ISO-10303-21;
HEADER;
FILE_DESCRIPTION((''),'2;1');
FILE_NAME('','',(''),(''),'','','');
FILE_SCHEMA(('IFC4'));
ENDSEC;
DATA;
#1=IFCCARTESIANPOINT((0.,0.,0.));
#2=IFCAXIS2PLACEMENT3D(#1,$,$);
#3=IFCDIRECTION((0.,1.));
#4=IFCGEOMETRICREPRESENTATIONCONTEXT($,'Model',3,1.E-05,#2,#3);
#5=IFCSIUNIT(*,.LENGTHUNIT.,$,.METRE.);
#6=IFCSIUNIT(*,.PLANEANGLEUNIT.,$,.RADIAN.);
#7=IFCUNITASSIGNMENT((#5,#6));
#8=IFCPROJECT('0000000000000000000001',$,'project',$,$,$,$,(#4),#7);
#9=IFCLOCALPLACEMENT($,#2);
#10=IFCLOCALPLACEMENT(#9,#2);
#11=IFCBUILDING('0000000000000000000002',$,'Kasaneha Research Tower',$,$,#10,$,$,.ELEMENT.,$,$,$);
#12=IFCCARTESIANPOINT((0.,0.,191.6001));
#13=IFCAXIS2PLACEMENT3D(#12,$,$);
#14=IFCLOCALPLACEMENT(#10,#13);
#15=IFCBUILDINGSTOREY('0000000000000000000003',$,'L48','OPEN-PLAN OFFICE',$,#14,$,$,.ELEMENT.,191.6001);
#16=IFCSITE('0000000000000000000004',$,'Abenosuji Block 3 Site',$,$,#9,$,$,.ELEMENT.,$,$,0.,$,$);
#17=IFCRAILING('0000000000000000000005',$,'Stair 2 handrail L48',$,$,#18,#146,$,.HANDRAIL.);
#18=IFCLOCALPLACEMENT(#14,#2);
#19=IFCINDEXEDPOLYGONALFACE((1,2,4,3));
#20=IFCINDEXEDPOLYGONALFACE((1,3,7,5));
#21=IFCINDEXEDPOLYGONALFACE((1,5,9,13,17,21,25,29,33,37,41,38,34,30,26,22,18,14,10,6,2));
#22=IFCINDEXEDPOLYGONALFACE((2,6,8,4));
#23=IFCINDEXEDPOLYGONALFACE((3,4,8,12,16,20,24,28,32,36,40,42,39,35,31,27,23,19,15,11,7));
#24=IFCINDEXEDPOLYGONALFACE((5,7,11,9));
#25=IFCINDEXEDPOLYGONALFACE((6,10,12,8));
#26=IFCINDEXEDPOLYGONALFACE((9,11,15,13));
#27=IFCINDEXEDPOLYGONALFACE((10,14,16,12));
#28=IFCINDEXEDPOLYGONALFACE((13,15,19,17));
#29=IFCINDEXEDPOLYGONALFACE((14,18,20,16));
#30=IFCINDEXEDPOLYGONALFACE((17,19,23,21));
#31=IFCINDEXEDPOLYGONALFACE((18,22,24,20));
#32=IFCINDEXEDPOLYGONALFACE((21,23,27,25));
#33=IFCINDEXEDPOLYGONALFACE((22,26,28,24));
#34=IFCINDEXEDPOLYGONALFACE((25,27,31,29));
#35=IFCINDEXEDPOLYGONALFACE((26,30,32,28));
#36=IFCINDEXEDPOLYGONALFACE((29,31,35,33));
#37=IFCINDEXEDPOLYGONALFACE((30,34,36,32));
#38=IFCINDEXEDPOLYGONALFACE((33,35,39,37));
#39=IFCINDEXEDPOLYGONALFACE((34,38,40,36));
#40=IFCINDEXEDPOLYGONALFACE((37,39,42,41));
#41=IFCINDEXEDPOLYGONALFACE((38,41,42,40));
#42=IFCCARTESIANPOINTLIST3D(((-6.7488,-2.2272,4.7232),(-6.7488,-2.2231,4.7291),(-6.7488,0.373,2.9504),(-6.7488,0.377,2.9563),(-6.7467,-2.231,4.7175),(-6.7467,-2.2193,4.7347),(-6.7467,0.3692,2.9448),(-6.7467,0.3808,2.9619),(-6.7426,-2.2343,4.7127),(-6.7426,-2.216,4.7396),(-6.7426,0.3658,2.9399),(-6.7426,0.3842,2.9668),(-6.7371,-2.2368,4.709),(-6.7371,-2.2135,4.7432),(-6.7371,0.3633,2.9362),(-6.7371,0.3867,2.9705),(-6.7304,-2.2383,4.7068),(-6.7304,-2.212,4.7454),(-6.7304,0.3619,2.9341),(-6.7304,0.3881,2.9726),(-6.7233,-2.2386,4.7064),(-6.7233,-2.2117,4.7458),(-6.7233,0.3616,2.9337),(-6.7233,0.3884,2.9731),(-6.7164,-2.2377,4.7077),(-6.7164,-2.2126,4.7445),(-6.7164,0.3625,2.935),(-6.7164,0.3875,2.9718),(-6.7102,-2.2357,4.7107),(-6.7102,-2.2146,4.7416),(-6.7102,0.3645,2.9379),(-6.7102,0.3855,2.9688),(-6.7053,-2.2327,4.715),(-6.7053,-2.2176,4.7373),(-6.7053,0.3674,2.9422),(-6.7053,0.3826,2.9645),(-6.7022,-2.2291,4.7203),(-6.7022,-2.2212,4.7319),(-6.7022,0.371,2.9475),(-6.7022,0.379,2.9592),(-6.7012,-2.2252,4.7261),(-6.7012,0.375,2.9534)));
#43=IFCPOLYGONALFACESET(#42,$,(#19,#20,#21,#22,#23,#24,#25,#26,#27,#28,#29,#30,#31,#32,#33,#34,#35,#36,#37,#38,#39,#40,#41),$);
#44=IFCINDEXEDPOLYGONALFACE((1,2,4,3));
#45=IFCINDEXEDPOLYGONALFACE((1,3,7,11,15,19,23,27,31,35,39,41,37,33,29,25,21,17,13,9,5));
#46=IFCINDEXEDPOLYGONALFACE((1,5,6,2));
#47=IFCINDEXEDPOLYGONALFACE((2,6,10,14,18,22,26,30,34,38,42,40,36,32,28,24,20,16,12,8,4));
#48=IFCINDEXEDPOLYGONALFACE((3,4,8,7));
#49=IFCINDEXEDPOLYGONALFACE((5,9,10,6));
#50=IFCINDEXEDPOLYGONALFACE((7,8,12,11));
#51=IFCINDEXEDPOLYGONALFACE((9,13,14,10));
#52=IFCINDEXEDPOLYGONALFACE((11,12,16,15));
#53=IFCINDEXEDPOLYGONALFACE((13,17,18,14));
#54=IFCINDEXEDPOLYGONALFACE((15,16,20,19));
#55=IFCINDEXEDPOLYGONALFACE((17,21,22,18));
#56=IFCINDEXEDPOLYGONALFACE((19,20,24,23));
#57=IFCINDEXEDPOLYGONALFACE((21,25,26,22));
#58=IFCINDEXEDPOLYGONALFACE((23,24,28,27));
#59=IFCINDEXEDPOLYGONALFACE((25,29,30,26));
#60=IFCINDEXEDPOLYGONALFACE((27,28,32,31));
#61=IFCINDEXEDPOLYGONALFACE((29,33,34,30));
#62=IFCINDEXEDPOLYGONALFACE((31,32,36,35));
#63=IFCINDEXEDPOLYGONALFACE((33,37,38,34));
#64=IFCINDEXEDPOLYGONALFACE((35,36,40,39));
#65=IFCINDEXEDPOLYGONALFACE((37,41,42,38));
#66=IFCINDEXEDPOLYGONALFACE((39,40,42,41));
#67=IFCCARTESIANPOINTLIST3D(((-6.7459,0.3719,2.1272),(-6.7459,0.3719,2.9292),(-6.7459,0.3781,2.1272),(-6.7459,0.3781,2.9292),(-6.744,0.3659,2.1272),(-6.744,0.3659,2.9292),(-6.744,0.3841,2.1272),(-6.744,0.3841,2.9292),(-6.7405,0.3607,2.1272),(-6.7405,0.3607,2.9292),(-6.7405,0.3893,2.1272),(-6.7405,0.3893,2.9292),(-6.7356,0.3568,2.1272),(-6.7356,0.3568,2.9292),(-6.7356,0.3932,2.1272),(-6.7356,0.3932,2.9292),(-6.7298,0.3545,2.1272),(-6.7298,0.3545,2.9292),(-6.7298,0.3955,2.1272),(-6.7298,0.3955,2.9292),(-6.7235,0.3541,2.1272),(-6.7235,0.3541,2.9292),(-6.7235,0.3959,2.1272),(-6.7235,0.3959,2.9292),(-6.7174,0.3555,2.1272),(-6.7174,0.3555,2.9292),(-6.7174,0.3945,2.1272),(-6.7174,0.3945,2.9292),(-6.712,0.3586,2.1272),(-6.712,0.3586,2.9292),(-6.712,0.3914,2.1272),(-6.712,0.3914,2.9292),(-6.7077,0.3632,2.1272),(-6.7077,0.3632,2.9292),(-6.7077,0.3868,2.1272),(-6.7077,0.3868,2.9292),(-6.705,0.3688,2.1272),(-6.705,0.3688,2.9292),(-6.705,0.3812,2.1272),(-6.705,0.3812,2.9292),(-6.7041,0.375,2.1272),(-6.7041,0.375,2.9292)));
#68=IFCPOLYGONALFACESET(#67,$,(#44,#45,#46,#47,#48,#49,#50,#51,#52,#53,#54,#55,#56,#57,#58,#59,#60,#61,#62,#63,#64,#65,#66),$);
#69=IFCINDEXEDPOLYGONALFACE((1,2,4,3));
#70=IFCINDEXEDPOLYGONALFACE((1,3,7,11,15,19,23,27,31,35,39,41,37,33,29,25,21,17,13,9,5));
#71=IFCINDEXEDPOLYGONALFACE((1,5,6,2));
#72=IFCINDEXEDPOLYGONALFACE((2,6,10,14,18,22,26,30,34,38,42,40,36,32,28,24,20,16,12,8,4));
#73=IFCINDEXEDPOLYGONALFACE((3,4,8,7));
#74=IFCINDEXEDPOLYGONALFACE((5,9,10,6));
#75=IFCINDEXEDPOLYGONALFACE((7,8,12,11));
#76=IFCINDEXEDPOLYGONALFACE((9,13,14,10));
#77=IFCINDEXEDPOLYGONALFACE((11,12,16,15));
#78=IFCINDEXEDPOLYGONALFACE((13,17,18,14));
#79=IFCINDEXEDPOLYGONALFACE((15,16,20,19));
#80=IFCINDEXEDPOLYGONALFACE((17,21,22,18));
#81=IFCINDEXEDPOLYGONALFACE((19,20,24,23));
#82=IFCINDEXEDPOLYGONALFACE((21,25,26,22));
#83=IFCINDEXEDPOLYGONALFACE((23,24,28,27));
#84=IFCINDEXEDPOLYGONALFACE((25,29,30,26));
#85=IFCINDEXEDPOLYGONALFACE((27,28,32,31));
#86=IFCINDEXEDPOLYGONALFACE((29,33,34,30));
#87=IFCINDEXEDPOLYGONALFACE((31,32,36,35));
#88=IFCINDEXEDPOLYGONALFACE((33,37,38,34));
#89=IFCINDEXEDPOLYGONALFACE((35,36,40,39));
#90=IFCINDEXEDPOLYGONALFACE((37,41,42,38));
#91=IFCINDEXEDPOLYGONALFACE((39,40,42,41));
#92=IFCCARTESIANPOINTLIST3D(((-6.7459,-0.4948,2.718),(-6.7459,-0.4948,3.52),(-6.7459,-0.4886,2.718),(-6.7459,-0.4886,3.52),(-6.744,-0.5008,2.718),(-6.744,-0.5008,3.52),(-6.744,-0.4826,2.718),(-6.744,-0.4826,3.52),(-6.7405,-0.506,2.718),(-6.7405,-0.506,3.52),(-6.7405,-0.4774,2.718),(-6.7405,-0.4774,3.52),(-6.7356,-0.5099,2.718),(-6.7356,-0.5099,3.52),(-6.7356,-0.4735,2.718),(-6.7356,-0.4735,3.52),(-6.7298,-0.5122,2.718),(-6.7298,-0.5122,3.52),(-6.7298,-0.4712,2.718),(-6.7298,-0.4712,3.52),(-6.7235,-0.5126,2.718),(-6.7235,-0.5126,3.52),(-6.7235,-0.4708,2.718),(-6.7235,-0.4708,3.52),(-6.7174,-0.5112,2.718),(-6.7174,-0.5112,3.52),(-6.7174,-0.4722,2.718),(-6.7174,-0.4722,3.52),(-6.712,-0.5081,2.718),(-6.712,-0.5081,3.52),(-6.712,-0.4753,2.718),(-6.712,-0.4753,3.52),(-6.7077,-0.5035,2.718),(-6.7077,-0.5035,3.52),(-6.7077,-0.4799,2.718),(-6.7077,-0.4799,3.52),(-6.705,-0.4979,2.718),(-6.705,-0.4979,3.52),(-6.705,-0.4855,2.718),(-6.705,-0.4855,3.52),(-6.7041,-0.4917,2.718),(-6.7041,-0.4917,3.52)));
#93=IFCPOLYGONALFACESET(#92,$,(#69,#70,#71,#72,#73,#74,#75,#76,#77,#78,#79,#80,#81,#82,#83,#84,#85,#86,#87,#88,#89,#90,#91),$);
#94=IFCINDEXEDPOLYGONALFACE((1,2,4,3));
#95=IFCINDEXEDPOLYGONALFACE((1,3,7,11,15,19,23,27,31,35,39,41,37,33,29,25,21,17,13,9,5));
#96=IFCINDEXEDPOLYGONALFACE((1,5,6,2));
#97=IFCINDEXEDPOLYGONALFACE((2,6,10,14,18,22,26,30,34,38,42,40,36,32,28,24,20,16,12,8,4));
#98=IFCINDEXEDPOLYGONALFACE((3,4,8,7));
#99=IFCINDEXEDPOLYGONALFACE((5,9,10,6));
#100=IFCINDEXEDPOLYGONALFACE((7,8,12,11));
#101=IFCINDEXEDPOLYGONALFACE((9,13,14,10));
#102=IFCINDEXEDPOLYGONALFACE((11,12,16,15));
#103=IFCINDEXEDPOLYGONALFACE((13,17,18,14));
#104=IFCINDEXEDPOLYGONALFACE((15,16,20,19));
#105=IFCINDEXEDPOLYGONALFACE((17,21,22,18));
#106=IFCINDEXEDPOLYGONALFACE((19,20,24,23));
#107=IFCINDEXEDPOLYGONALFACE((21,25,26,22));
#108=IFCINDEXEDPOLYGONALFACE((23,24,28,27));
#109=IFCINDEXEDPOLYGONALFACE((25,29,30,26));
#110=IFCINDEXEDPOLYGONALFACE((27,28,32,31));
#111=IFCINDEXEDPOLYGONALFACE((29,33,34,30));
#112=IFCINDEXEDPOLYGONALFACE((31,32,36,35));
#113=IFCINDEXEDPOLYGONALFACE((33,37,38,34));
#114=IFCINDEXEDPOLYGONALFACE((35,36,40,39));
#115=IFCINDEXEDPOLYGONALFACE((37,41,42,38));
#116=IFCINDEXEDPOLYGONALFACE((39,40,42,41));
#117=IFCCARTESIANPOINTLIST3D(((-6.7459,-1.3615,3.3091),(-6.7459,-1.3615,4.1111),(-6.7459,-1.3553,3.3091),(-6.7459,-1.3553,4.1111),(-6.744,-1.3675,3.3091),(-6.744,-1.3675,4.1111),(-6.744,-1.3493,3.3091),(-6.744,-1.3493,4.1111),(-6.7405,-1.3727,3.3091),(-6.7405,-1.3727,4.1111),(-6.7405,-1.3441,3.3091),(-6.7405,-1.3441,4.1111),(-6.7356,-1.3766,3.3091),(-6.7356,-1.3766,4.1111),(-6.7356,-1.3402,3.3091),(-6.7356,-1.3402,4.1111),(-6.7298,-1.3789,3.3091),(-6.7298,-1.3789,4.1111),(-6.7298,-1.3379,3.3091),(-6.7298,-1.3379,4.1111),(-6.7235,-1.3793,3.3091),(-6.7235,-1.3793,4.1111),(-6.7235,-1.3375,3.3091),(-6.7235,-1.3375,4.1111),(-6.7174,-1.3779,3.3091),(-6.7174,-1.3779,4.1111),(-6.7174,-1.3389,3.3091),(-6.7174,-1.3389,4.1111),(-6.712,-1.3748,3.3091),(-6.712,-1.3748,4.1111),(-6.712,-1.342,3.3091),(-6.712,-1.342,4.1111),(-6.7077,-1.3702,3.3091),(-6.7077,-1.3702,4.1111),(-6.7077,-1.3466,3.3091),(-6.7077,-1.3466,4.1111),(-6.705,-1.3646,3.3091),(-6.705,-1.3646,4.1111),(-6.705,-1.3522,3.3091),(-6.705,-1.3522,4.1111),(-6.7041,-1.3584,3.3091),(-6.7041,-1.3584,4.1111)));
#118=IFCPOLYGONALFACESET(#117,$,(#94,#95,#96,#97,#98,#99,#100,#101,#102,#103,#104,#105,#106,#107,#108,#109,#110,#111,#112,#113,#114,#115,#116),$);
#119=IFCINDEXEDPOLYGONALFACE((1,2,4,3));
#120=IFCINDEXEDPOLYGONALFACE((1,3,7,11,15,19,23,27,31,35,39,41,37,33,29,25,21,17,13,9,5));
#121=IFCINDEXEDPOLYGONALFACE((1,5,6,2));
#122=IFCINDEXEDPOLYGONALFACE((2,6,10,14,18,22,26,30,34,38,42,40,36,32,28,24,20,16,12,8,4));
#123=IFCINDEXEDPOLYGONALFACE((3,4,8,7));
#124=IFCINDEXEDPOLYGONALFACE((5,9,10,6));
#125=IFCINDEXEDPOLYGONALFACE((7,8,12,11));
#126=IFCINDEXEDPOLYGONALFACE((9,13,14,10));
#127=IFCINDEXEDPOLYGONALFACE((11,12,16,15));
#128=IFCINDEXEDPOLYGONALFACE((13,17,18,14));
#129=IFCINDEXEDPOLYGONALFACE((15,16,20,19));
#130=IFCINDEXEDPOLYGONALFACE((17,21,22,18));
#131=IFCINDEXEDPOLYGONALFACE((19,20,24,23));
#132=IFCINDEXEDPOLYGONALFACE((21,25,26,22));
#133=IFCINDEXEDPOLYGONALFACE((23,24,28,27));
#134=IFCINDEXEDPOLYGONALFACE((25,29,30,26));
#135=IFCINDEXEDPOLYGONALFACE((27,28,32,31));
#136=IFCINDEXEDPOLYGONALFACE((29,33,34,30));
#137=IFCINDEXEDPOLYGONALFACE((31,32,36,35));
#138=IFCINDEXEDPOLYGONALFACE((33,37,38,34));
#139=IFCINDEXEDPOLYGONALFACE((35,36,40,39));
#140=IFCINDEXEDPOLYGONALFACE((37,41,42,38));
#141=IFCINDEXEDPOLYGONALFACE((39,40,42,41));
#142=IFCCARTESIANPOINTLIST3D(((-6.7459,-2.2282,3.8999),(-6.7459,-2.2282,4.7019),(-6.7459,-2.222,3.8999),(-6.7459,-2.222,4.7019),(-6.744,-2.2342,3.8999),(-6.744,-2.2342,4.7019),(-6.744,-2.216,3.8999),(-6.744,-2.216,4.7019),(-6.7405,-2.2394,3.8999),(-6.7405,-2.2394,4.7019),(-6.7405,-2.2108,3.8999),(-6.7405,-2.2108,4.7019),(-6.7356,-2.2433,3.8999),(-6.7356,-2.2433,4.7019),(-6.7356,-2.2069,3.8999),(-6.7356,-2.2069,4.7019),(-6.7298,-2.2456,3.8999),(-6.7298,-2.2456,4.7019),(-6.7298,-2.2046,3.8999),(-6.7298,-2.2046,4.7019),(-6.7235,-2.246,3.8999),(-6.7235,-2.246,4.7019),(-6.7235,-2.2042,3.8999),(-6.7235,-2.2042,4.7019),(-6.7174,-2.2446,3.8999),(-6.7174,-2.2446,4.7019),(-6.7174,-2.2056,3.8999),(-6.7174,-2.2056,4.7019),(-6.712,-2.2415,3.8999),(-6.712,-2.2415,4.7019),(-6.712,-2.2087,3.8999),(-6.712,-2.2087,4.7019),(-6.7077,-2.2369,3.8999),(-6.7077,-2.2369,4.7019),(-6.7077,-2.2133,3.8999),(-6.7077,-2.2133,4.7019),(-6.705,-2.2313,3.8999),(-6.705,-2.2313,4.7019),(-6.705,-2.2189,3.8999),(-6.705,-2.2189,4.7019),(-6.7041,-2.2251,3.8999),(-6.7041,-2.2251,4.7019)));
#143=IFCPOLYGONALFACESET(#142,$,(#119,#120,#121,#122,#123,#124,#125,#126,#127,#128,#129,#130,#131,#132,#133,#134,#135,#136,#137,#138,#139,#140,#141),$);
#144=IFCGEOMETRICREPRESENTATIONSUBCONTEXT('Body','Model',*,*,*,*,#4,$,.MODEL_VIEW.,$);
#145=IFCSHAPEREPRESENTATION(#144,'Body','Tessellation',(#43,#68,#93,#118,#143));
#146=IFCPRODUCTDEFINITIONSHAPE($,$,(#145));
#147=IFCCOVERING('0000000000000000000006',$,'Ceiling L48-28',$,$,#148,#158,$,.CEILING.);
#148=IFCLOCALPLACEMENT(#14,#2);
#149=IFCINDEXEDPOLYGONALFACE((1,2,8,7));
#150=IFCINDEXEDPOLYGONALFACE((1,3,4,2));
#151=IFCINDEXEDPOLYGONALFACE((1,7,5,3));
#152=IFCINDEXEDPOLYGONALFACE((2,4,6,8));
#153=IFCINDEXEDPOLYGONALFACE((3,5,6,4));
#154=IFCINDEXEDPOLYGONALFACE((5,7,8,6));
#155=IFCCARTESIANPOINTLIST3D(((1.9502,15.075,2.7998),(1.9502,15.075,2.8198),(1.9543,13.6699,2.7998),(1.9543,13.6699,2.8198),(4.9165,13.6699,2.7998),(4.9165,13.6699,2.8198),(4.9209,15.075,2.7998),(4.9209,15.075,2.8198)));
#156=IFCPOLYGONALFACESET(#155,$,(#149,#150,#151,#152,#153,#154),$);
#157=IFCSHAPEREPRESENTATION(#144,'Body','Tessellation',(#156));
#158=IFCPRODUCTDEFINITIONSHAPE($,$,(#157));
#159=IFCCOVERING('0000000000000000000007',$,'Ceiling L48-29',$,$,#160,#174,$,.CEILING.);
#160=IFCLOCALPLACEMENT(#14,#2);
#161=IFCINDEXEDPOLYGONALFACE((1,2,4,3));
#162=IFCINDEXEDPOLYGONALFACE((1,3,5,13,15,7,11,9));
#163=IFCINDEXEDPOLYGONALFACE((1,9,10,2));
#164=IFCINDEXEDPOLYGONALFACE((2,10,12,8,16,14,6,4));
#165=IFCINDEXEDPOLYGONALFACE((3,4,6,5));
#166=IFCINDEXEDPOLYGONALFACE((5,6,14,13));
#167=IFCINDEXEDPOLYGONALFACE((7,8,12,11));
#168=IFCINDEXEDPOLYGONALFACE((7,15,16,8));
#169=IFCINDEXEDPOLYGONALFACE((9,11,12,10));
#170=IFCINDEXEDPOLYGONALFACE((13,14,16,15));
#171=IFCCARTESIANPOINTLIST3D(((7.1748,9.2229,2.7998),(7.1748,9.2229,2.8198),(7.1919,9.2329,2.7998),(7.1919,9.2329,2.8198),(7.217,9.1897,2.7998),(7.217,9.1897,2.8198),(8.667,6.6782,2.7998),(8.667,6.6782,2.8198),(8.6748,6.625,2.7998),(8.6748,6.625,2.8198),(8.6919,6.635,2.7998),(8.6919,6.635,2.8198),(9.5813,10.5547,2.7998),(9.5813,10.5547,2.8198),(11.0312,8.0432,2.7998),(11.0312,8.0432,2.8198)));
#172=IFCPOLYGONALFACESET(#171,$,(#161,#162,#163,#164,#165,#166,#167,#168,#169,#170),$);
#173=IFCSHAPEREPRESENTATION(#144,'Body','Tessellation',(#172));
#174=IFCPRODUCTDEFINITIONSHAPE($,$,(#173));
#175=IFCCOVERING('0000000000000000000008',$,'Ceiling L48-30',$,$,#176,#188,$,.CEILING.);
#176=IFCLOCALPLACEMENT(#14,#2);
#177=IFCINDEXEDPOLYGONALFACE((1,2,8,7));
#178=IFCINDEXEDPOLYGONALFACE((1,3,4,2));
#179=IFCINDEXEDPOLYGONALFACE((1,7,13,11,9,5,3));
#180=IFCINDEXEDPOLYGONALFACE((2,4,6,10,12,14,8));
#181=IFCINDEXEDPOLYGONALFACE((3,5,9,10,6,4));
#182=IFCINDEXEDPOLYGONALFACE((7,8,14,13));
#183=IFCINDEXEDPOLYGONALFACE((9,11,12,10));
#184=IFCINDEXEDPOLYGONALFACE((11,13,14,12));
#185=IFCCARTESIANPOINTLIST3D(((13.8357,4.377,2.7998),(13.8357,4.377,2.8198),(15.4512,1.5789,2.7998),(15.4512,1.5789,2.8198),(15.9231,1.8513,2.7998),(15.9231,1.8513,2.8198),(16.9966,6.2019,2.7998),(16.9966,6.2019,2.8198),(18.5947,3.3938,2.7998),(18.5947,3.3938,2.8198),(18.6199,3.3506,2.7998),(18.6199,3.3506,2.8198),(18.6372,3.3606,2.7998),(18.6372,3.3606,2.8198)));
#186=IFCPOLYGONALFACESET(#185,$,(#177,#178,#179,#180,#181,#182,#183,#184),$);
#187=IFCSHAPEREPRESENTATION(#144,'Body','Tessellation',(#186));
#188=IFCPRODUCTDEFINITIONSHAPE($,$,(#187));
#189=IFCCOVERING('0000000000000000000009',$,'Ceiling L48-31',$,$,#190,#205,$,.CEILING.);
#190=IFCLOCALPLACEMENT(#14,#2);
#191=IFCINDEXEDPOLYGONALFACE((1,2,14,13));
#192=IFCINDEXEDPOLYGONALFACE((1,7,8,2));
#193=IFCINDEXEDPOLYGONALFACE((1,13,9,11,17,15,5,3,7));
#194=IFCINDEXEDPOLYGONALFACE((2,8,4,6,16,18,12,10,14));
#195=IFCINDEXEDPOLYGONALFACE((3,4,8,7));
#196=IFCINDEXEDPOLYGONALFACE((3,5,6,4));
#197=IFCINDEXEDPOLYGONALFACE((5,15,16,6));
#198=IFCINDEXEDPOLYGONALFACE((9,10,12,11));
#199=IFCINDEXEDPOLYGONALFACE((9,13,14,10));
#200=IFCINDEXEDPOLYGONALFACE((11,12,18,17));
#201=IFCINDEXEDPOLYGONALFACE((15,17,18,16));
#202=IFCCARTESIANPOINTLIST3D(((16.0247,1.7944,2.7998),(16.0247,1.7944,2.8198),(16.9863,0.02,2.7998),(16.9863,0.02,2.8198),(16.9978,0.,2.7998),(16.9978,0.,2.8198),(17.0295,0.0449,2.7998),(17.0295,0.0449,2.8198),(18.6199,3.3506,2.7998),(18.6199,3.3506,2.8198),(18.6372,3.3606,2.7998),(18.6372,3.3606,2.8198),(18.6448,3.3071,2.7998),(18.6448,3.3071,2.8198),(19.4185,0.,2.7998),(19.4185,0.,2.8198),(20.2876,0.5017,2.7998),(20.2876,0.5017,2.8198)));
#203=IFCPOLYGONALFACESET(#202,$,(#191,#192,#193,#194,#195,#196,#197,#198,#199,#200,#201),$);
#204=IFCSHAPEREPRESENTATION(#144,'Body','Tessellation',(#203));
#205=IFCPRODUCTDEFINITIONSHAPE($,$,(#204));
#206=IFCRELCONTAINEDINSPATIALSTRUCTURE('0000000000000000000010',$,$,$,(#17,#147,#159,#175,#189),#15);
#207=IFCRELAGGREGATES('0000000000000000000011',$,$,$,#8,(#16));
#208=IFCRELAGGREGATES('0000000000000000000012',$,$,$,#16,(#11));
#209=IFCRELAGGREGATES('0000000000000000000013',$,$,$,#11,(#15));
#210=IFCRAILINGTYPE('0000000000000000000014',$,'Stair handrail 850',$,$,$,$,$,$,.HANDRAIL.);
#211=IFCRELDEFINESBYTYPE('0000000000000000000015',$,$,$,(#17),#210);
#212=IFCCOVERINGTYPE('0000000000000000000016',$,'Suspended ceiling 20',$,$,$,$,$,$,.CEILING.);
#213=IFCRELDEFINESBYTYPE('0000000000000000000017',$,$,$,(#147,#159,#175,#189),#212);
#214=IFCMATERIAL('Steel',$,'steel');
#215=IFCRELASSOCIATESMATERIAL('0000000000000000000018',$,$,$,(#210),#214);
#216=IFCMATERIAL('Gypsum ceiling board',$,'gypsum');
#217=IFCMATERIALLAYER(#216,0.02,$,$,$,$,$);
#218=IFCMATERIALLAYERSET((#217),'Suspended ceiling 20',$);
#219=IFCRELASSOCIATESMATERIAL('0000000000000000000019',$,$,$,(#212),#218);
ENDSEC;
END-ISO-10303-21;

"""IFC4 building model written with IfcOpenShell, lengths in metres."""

from ifc_helpers import new_model, si_unit, direction, frame, origin, origin_2d, place, context, subcontext, project, spatial, polyline, circle, outline, extrude, material, layer, layer_set, type_object, element, save


model = new_model("IFC4")

# Units and contexts
model_context = context("Model", 3, precision=1e-05, world=origin(), true_north=direction((0.0, 1.0)))
body_context = subcontext(model_context, "Body", "Model", "MODEL_VIEW")
ifc_project = project(units=[si_unit("LENGTHUNIT", "METRE"), si_unit("PLANEANGLEUNIT", "RADIAN")], contexts=[model_context])

# Site, building, storey
site_placement = place(None, origin())
site = spatial("IfcSite", under=ifc_project, at=site_placement, Name="Abenosuji Block 3 Site", CompositionType="ELEMENT", RefElevation=0.0)
building_placement = place(site_placement, origin())
building = spatial("IfcBuilding", under=site, at=building_placement, Name="Kasaneha Research Tower", CompositionType="ELEMENT")
storey_placement = place(building_placement, frame((0.0, 0.0, 191.6001)))
storey = spatial("IfcBuildingStorey", under=building, at=storey_placement, Name="L48", Description="OPEN-PLAN OFFICE", CompositionType="ELEMENT", Elevation=191.6001)

# Railing
ifc_material_1 = material(Name="Steel", Category="steel")
railing_type_1 = type_object("IfcRailingType", Name="Stair handrail 850", PredefinedType="HANDRAIL", material=ifc_material_1)
railing_1_placement = place(storey_placement, frame((-6.7251, 0.375, 2.1272)))
element("IfcRailing", 1, at=railing_1_placement, inside=storey, type_object=railing_type_1, Name="Stair 2 handrail L48", PredefinedType="HANDRAIL", context=body_context, shape_type="SweptSolid", body=[
    extrude(circle(Radius=0.0239, at=origin_2d()), frame((0.0, 0.0, 0.8262), z_axis=(0.0, -0.82624, 0.563318), x_axis=(1.0, 0.0, 0.0)), (0.0, 0.0, 1.0), 3.147),
    extrude(circle(Radius=0.021, at=origin_2d()), origin(), (0.0, 0.0, 1.0), 0.802),
    extrude(circle(Radius=0.021, at=origin_2d()), frame((0.0, -0.8667, 0.5908)), (0.0, 0.0, 1.0), 0.802),
    extrude(circle(Radius=0.021, at=origin_2d()), frame((0.0, -1.7334, 1.1819)), (0.0, 0.0, 1.0), 0.802),
    extrude(circle(Radius=0.021, at=origin_2d()), frame((0.0, -2.6001, 1.7727)), (0.0, 0.0, 1.0), 0.802),
])

# Coverings
ifc_material_2 = material(Name="Gypsum ceiling board", Category="gypsum")
ifc_layer_1 = layer(ifc_material_2, 0.02)
ifc_layer_set_1 = layer_set([ifc_layer_1], Name="Suspended ceiling 20")
covering_type = type_object("IfcCoveringType", Name="Suspended ceiling 20", PredefinedType="CEILING", material=ifc_layer_set_1)
covering_1_placement = place(storey_placement, frame((0.0, 0.0, 2.7998)))
element("IfcCovering", 2, at=covering_1_placement, inside=storey, type_object=covering_type, Name="Ceiling L48-28", PredefinedType="CEILING", context=body_context, shape_type="SweptSolid", body=[
    extrude(outline(polyline([(4.9165, 13.6699), (1.9543, 13.6699), (1.9502, 15.075), (4.9209, 15.075), (4.9165, 13.6699)])), origin(), (0.0, 0.0, 1.0), 0.02),
])
covering_2_placement = place(storey_placement, frame((0.0, 0.0, 2.7998)))
element("IfcCovering", 3, at=covering_2_placement, inside=storey, type_object=covering_type, Name="Ceiling L48-29", PredefinedType="CEILING", context=body_context, shape_type="SweptSolid", body=[
    extrude(outline(polyline([(7.1748, 9.2229), (7.1919, 9.2329), (7.217, 9.1897), (9.5813, 10.5547), (11.0312, 8.0432), (8.667, 6.6782), (8.6919, 6.635), (8.6748, 6.625), (7.1748, 9.2229)])), origin(), (0.0, 0.0, 1.0), 0.02),
])
covering_3_placement = place(storey_placement, frame((0.0, 0.0, 2.7998)))
element("IfcCovering", 4, at=covering_3_placement, inside=storey, type_object=covering_type, Name="Ceiling L48-30", PredefinedType="CEILING", context=body_context, shape_type="SweptSolid", body=[
    extrude(outline(polyline([(18.6372, 3.3606), (18.6199, 3.3506), (18.5947, 3.3938), (15.9231, 1.8513), (15.9231, 1.8513), (15.4512, 1.5789), (13.8357, 4.377), (16.9966, 6.2019), (18.6372, 3.3606)])), origin(), (0.0, 0.0, 1.0), 0.02),
])
covering_4_placement = place(storey_placement, frame((0.0, 0.0, 2.7998)))
element("IfcCovering", 5, at=covering_4_placement, inside=storey, type_object=covering_type, Name="Ceiling L48-31", PredefinedType="CEILING", context=body_context, shape_type="SweptSolid", body=[
    extrude(outline(polyline([(16.9978, 0.0), (16.9863, 0.02), (17.0295, 0.0449), (16.0247, 1.7944), (18.6448, 3.3071), (18.6199, 3.3506), (18.6372, 3.3606), (20.2876, 0.5017), (19.4185, 0.0), (16.9978, 0.0)])), origin(), (0.0, 0.0, 1.0), 0.02),
])

save(model, "model.ifc")
